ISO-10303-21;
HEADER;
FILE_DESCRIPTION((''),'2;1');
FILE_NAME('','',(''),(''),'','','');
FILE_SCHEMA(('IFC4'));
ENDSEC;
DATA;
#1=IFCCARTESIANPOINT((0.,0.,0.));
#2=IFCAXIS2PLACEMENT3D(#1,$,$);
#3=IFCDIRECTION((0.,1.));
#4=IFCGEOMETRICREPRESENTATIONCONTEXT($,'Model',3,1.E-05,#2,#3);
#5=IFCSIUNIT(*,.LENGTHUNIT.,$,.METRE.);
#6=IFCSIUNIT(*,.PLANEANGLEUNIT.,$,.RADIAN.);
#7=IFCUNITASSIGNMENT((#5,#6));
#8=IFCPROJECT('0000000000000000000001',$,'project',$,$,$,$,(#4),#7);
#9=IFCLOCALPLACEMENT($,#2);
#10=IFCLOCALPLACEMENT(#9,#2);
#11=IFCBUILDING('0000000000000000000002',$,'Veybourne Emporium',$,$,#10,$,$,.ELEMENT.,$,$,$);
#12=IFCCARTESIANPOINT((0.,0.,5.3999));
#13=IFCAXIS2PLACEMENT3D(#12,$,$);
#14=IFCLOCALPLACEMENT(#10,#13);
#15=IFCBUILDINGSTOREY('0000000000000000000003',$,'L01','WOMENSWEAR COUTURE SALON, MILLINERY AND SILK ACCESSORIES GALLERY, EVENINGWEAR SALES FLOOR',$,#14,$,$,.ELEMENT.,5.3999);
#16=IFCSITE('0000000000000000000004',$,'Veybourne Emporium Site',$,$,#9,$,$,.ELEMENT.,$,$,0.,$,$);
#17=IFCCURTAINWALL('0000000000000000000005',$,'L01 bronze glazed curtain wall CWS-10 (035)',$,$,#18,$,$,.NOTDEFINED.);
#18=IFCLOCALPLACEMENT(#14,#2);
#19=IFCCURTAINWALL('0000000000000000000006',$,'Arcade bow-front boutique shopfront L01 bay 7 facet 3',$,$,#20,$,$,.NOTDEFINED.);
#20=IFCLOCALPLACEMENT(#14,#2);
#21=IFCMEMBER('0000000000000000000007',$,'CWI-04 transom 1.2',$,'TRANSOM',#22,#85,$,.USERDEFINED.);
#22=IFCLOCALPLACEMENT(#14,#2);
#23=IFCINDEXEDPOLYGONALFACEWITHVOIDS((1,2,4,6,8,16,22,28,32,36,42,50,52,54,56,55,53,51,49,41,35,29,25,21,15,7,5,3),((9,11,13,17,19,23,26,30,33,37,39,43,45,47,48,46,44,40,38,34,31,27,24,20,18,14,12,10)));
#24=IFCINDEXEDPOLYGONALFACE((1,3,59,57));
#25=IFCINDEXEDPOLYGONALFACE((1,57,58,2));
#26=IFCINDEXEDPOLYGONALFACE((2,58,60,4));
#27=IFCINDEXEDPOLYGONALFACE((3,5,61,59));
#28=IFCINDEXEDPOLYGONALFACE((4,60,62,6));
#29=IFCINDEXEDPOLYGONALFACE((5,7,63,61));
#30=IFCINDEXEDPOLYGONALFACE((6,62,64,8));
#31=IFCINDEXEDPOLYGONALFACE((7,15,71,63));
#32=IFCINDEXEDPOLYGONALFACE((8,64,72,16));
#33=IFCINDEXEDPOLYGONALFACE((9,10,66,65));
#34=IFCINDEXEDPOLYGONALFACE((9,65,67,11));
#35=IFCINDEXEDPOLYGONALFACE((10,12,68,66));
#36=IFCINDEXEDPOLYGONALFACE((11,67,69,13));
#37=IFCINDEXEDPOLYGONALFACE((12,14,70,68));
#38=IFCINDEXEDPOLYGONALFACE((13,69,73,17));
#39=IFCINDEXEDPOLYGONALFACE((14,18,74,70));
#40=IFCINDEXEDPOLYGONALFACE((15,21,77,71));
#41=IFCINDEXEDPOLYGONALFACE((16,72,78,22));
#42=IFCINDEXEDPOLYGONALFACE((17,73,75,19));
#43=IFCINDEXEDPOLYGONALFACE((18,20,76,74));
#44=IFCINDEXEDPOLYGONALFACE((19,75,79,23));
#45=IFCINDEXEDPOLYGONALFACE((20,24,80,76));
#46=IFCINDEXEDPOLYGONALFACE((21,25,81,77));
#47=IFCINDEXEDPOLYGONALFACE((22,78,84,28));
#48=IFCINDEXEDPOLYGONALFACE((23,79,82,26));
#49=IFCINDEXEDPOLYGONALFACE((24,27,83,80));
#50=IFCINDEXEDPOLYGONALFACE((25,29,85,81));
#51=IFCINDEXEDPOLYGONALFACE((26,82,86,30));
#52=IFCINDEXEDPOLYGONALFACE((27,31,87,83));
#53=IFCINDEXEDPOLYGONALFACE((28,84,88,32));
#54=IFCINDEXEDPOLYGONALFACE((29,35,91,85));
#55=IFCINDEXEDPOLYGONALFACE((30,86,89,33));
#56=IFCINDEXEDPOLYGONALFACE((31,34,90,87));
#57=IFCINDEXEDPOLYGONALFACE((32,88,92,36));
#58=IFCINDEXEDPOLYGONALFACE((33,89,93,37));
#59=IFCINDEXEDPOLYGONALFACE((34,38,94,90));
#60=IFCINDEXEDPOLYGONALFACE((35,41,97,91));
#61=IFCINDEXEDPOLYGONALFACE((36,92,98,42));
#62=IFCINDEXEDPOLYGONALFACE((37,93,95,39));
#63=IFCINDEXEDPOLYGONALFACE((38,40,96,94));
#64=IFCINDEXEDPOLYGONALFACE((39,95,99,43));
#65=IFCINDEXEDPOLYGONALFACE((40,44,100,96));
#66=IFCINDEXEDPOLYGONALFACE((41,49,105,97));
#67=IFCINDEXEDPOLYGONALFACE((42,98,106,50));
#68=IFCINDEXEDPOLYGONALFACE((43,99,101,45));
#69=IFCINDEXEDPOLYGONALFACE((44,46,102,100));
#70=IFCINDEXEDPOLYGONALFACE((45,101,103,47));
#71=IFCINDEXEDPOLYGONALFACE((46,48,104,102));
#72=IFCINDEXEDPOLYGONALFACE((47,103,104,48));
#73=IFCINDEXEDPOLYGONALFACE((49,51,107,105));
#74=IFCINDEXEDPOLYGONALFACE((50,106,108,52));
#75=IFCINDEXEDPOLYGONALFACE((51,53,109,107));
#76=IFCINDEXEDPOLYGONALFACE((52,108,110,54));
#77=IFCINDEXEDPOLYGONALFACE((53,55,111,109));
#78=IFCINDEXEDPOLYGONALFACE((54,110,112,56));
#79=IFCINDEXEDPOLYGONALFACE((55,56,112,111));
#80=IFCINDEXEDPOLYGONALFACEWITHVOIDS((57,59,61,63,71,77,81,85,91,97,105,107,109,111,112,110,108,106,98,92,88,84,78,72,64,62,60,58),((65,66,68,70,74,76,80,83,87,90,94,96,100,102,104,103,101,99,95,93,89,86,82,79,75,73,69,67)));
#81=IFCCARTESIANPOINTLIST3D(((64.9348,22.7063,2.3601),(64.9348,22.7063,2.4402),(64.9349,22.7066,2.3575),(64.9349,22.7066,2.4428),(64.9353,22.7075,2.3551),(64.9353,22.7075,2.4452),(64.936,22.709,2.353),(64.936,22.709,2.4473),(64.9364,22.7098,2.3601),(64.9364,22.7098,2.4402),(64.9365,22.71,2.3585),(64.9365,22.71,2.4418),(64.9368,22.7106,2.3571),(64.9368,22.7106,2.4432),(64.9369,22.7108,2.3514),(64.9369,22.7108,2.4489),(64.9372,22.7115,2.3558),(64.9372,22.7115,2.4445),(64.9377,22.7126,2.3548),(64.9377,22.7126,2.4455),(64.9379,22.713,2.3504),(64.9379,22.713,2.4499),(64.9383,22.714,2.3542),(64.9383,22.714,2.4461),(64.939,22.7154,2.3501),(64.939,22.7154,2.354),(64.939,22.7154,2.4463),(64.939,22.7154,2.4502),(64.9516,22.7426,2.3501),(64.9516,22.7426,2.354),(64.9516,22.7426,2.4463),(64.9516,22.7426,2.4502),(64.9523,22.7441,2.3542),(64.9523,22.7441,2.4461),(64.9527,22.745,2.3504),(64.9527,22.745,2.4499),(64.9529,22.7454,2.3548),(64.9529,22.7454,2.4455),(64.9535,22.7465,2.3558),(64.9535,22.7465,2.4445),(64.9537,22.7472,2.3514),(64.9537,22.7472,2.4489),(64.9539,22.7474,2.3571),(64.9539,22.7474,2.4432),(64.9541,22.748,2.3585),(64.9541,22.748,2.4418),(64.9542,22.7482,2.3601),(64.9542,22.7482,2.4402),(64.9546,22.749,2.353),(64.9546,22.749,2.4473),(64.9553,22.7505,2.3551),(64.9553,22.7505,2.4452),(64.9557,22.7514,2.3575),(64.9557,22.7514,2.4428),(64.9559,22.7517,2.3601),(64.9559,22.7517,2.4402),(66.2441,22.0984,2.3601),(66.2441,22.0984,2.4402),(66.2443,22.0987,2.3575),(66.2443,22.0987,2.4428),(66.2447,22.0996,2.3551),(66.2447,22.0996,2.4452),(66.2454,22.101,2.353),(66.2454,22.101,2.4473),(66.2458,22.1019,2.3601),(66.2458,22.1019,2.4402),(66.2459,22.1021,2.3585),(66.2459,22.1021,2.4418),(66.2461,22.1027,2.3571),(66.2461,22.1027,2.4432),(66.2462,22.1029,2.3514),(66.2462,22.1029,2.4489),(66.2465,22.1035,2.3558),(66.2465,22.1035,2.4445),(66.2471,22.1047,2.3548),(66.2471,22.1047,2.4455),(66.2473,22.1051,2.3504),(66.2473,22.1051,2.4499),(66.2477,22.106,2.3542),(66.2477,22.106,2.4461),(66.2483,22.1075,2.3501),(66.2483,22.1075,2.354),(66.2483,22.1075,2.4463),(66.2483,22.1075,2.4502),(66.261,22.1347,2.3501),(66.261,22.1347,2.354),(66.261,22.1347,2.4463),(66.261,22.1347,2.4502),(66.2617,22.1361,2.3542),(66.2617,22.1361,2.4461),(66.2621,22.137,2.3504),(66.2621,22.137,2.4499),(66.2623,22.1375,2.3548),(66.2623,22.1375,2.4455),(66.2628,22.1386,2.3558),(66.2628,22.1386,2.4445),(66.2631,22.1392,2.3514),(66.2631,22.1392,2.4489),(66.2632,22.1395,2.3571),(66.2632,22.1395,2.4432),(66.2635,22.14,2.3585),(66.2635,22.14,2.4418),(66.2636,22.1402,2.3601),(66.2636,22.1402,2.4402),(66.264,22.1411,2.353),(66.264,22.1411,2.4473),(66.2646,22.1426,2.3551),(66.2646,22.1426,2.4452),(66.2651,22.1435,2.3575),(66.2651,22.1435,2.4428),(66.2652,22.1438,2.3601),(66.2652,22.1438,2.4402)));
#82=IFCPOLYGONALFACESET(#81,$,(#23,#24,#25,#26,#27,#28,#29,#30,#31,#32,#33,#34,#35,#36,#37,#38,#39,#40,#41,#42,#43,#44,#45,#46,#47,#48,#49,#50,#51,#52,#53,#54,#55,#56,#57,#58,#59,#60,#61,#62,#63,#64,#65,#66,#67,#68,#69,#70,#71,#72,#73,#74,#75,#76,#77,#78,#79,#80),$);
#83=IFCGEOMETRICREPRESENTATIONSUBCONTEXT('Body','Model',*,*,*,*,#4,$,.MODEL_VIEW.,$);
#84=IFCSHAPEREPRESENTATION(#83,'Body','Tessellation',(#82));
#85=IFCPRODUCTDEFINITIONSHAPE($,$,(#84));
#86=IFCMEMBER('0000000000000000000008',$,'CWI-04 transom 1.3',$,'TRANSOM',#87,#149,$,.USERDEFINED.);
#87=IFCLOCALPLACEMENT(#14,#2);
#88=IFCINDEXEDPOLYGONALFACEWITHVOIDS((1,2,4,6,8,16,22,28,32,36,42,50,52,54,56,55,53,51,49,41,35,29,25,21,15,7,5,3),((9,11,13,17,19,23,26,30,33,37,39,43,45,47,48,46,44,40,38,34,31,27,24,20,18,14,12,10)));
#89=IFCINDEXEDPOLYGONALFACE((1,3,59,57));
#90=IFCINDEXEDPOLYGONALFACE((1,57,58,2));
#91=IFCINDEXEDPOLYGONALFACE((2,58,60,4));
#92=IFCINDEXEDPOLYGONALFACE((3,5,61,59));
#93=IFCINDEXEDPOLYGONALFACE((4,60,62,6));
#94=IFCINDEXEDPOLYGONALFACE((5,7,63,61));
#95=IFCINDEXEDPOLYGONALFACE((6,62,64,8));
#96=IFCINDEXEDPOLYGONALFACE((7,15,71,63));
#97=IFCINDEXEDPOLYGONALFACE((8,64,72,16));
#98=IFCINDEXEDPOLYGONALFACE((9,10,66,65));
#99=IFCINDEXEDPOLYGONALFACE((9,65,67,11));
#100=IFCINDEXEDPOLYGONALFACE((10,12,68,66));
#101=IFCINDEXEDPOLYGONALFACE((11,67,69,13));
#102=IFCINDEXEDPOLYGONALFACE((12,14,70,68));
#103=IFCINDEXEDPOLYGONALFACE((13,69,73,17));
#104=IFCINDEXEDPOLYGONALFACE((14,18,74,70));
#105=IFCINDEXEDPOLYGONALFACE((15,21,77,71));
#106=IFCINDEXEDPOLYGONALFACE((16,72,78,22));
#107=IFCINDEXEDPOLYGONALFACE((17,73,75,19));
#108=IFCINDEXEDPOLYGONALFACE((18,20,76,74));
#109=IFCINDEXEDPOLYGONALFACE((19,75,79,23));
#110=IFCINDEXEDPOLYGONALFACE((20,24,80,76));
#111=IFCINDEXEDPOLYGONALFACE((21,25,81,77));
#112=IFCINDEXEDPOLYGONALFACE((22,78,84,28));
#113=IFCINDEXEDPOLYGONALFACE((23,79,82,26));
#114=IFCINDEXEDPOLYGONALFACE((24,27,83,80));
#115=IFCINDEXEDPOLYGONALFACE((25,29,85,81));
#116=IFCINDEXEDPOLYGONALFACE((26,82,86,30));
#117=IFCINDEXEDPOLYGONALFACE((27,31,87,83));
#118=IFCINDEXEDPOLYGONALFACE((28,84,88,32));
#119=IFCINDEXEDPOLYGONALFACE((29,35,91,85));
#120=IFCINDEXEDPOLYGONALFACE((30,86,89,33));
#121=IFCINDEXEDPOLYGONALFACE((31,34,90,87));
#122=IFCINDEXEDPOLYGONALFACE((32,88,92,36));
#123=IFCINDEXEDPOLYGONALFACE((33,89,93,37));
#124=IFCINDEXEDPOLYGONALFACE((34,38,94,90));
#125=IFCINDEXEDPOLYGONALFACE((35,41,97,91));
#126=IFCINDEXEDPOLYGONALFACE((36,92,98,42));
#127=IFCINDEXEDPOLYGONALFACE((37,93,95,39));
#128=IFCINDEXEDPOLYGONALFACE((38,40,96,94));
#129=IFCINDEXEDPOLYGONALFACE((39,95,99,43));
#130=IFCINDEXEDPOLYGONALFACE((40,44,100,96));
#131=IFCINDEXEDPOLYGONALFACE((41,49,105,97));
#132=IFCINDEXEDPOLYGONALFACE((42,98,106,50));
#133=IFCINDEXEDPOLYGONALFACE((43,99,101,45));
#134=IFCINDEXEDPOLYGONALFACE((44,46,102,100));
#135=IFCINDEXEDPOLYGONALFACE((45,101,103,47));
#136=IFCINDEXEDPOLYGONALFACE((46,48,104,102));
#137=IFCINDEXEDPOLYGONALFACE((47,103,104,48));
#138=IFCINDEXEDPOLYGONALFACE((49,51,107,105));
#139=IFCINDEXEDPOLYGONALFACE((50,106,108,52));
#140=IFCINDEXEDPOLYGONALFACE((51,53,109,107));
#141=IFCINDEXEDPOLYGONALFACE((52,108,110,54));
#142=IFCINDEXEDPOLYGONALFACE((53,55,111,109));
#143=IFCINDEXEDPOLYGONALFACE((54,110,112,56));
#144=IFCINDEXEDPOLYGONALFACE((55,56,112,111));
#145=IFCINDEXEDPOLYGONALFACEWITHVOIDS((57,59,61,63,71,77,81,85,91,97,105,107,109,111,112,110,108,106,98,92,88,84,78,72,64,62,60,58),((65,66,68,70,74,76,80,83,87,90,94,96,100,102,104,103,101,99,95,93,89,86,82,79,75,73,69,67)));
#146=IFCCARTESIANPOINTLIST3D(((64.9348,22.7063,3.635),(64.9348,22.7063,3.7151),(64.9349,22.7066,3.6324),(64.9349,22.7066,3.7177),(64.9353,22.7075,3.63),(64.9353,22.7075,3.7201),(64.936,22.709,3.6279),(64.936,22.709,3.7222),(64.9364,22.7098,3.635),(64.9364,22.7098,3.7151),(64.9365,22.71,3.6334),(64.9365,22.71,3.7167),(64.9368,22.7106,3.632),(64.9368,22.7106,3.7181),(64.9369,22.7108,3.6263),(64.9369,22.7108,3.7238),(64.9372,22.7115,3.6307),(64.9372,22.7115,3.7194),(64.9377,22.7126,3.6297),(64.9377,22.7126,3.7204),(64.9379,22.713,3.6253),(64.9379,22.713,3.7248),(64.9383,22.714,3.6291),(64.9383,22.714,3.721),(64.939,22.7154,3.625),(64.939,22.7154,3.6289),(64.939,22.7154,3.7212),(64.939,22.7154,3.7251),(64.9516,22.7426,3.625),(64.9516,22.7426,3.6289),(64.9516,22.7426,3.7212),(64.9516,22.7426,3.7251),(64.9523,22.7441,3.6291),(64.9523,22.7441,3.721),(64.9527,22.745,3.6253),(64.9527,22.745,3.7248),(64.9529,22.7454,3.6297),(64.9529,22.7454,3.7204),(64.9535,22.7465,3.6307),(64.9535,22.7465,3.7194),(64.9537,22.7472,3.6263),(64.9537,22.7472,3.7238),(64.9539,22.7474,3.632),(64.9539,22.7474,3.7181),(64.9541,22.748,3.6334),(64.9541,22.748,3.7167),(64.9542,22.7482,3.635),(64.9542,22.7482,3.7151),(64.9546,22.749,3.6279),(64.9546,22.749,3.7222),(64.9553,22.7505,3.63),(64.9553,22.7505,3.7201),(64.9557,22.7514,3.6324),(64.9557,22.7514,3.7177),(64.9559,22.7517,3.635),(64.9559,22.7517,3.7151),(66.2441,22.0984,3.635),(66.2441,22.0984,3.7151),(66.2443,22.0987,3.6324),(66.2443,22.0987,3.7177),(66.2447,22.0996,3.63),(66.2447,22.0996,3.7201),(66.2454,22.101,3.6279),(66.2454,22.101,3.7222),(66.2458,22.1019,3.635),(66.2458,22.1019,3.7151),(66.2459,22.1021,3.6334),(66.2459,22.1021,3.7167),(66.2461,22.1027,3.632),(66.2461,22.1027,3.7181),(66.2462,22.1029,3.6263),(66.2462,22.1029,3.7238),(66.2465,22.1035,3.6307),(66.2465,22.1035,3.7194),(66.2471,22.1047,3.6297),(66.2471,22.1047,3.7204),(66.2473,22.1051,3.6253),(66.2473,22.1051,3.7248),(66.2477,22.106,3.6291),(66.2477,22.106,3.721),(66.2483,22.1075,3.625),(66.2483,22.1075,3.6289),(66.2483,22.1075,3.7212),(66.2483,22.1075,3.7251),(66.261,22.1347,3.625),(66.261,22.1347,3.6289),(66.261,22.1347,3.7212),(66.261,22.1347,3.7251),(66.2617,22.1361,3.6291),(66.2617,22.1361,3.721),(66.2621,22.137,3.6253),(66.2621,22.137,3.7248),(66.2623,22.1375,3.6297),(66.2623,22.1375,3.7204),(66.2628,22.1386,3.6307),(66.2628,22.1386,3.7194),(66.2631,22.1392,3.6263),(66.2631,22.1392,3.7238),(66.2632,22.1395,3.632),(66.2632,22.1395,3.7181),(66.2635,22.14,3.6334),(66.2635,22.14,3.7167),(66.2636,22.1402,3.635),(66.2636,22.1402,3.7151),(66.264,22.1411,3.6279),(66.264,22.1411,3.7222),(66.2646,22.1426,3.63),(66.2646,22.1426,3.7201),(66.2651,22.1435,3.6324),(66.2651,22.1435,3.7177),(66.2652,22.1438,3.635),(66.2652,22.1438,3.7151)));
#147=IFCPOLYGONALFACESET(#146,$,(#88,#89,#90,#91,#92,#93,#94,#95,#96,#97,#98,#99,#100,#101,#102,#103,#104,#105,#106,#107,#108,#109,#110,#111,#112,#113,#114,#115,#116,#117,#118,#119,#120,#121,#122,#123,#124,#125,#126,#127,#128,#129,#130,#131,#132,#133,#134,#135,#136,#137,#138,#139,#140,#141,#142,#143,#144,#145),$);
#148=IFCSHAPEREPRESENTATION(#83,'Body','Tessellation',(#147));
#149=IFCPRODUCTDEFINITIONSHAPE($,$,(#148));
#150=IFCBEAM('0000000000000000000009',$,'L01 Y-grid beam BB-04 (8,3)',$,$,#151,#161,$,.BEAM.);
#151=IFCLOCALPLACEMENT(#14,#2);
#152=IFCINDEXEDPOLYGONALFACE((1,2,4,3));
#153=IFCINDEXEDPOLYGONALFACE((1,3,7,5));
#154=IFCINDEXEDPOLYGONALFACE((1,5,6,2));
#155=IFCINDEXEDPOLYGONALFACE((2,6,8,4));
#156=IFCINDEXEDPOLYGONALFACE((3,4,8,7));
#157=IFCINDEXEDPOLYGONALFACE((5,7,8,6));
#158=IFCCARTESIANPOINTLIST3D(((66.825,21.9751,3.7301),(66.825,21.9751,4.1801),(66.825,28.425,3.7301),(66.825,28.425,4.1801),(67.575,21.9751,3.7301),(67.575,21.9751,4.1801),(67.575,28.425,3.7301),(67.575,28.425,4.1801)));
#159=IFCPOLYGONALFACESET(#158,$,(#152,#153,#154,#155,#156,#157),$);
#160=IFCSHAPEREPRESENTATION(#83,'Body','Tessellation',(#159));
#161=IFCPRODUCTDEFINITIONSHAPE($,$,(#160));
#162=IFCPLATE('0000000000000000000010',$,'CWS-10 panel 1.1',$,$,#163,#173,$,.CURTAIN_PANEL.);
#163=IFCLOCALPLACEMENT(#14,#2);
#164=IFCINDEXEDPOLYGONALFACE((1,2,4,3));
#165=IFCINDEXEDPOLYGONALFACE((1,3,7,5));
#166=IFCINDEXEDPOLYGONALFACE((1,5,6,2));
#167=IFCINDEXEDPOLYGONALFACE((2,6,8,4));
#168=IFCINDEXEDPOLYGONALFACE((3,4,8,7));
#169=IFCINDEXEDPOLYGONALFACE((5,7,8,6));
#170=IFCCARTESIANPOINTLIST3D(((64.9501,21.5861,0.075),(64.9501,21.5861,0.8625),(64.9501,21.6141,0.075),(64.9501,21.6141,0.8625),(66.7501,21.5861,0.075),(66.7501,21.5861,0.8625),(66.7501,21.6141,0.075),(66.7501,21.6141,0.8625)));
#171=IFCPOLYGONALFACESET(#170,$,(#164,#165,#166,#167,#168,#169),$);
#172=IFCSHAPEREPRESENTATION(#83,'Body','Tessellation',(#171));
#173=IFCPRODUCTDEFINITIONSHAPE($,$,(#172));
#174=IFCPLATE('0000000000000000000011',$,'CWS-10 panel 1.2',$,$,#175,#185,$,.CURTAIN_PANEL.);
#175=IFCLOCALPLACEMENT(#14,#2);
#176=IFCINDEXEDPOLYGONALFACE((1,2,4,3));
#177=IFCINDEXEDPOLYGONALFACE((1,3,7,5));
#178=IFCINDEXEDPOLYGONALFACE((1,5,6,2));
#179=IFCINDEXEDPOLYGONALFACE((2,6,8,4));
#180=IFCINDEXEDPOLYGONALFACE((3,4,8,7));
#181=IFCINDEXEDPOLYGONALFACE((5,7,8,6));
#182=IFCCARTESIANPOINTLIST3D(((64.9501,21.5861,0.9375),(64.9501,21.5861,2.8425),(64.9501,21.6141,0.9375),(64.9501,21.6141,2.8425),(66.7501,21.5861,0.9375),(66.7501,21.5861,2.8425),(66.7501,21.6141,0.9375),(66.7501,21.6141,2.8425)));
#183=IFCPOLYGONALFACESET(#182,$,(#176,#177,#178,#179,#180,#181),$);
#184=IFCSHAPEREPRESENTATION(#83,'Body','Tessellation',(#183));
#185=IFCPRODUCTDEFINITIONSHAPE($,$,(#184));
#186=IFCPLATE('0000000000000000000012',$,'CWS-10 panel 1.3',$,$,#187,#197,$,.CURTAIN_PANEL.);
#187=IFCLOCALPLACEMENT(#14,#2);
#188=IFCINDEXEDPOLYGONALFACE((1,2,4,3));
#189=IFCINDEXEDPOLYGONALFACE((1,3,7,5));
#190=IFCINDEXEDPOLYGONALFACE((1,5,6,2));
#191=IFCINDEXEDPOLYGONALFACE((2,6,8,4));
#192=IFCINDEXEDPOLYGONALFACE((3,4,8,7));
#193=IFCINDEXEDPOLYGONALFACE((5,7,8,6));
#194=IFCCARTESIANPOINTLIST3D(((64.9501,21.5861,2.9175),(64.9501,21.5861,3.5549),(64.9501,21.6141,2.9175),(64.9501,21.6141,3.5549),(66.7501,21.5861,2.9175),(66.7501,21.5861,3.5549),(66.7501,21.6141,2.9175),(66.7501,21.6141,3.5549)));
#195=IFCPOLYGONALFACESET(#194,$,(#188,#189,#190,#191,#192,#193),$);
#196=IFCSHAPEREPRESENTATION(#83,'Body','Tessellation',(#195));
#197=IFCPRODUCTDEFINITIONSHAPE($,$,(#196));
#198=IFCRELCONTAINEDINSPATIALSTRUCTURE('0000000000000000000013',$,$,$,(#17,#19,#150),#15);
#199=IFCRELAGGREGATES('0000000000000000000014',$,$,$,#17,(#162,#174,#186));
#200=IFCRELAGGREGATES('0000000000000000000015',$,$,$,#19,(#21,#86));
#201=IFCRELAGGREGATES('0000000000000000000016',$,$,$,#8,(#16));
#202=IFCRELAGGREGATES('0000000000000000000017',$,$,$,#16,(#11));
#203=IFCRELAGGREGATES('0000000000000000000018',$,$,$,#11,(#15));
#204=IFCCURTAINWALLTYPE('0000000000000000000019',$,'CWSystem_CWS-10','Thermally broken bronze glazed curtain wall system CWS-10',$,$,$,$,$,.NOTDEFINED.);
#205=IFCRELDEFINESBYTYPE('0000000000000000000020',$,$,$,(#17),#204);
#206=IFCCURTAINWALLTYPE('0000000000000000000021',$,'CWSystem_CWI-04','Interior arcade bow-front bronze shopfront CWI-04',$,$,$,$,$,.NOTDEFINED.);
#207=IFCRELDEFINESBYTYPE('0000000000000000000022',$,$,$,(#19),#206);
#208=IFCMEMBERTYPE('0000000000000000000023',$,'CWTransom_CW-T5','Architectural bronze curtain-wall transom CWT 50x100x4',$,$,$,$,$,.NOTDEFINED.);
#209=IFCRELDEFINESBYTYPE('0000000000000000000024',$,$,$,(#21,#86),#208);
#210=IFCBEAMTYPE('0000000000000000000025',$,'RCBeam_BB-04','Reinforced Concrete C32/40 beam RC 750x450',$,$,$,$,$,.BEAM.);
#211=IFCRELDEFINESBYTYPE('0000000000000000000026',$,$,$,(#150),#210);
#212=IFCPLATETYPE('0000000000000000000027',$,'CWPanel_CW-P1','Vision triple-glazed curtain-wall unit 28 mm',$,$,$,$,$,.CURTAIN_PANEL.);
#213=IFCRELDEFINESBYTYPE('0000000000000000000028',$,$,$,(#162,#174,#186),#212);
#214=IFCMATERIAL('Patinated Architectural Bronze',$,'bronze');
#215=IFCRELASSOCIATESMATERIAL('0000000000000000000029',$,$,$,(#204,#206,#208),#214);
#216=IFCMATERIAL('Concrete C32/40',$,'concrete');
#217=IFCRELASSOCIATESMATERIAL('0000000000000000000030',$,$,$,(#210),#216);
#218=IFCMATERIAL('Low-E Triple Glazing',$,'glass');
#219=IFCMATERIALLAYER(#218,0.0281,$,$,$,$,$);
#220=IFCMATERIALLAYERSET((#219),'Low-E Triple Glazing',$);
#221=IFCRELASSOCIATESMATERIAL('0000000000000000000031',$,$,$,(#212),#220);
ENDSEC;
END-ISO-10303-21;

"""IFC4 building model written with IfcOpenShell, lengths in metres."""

from ifc_helpers import new_model, si_unit, direction, frame, origin, origin_2d, place, context, subcontext, project, spatial, rectangle, hollow_rectangle, extrude, material, layer, layer_set, material_profile, profile_set, type_object, element, aggregate, save


model = new_model("IFC4")

# Units and contexts
model_context = context("Model", 3, precision=1e-05, world=origin(), true_north=direction((0.0, 1.0)))
body_context = subcontext(model_context, "Body", "Model", "MODEL_VIEW")
ifc_project = project(units=[si_unit("LENGTHUNIT", "METRE"), si_unit("PLANEANGLEUNIT", "RADIAN")], contexts=[model_context])

# Site, building, storey
site_placement = place(None, origin())
site = spatial("IfcSite", under=ifc_project, at=site_placement, Name="Veybourne Emporium Site", CompositionType="ELEMENT", RefElevation=0.0)
building_placement = place(site_placement, origin())
building = spatial("IfcBuilding", under=site, at=building_placement, Name="Veybourne Emporium", CompositionType="ELEMENT")
storey_placement = place(building_placement, frame((0.0, 0.0, 5.3999)))
storey = spatial("IfcBuildingStorey", under=building, at=storey_placement, Name="L01", Description="WOMENSWEAR COUTURE SALON, MILLINERY AND SILK ACCESSORIES GALLERY, EVENINGWEAR SALES FLOOR", CompositionType="ELEMENT", Elevation=5.3999)

# Curtain walls
ifc_material_1 = material(Name="Patinated Architectural Bronze", Category="bronze")
curtain_wall_type_1 = type_object("IfcCurtainWallType", Name="CWSystem_CWS-10", Description="Thermally broken bronze glazed curtain wall system CWS-10", PredefinedType="NOTDEFINED", material=ifc_material_1)
curtain_wall_1_placement = place(storey_placement, origin())
curtain_wall_1 = element("IfcCurtainWall", 1, at=curtain_wall_1_placement, inside=storey, type_object=curtain_wall_type_1, Name="L01 bronze glazed curtain wall CWS-10 (035)", PredefinedType="NOTDEFINED")
curtain_wall_type_2 = type_object("IfcCurtainWallType", Name="CWSystem_CWI-04", Description="Interior arcade bow-front bronze shopfront CWI-04", PredefinedType="NOTDEFINED", material=ifc_material_1)
curtain_wall_2_placement = place(storey_placement, origin())
curtain_wall_2 = element("IfcCurtainWall", 2, at=curtain_wall_2_placement, inside=storey, type_object=curtain_wall_type_2, Name="Arcade bow-front boutique shopfront L01 bay 7 facet 3", PredefinedType="NOTDEFINED")

# Members
ifc_material_profile_1 = material_profile(ifc_material_1, hollow_rectangle(XDim=0.05, YDim=0.1001, WallThickness=0.0039, InnerFilletRadius=0.0061, OuterFilletRadius=0.01, at=origin_2d()), Name="CWT 50x100x4")
ifc_profile_set_1 = profile_set([ifc_material_profile_1], Name="Patinated Architectural Bronze")
member_type_1 = type_object("IfcMemberType", Name="CWTransom_CW-T5", Description="Architectural bronze curtain-wall transom CWT 50x100x4", PredefinedType="NOTDEFINED", material=ifc_profile_set_1)
member_1_placement = place(storey_placement, frame((64.9453, 22.729, 2.4001), z_axis=(0.907007, -0.421116, 0.0), x_axis=(0.421116, 0.907007, 0.0)))
member_1 = element("IfcMember", 3, at=member_1_placement, type_object=member_type_1, Name="CWI-04 transom 1.2", ObjectType="TRANSOM", PredefinedType="USERDEFINED", context=body_context, shape_type="SweptSolid", body=[
    extrude(hollow_rectangle(XDim=0.05, YDim=0.1001, WallThickness=0.0039, InnerFilletRadius=0.0061, OuterFilletRadius=0.01, at=origin_2d()), origin(), (0.0, 0.0, 1.0), 1.4436),
])
member_2_placement = place(storey_placement, frame((64.9453, 22.729, 3.675), z_axis=(0.907007, -0.421116, 0.0), x_axis=(0.421116, 0.907007, 0.0)))
member_2 = element("IfcMember", 4, at=member_2_placement, type_object=member_type_1, Name="CWI-04 transom 1.3", ObjectType="TRANSOM", PredefinedType="USERDEFINED", context=body_context, shape_type="SweptSolid", body=[
    extrude(hollow_rectangle(XDim=0.05, YDim=0.1001, WallThickness=0.0039, InnerFilletRadius=0.0061, OuterFilletRadius=0.01, at=origin_2d()), origin(), (0.0, 0.0, 1.0), 1.4436),
])

# Beam
ifc_material_2 = material(Name="Concrete C32/40", Category="concrete")
ifc_material_profile_2 = material_profile(ifc_material_2, rectangle(XDim=0.75, YDim=0.45, at=origin_2d()), Name="RC 750x450")
ifc_profile_set_2 = profile_set([ifc_material_profile_2], Name="Concrete C32/40")
beam_type = type_object("IfcBeamType", Name="RCBeam_BB-04", Description="Reinforced Concrete C32/40 beam RC 750x450", PredefinedType="BEAM", material=ifc_profile_set_2)
beam_placement = place(storey_placement, frame((67.2, 21.9751, 3.9551), z_axis=(0.0, 1.0, 0.0), x_axis=(-1.0, 0.0, 0.0)))
element("IfcBeam", 5, at=beam_placement, inside=storey, type_object=beam_type, Name="L01 Y-grid beam BB-04 (8,3)", PredefinedType="BEAM", context=body_context, shape_type="SweptSolid", body=[
    extrude(rectangle(XDim=0.75, YDim=0.45, at=origin_2d()), origin(), (0.0, 0.0, 1.0), 6.45),
])

# Plates
ifc_material_3 = material(Name="Low-E Triple Glazing", Category="glass")
ifc_layer_1 = layer(ifc_material_3, 0.0281)
ifc_layer_set_1 = layer_set([ifc_layer_1], Name="Low-E Triple Glazing")
plate_type_1 = type_object("IfcPlateType", Name="CWPanel_CW-P1", Description="Vision triple-glazed curtain-wall unit 28 mm", PredefinedType="CURTAIN_PANEL", material=ifc_layer_set_1)
plate_1_placement = place(storey_placement, frame((65.8501, 21.6001, 0.075), z_axis=(0.0, 0.0, 1.0), x_axis=(-1.0, 0.0, 0.0)))
plate_1 = element("IfcPlate", 6, at=plate_1_placement, type_object=plate_type_1, Name="CWS-10 panel 1.1", PredefinedType="CURTAIN_PANEL", context=body_context, shape_type="SweptSolid", body=[
    extrude(rectangle(XDim=1.8, YDim=0.0281, at=origin_2d()), origin(), (0.0, 0.0, 1.0), 0.7876),
])
plate_2_placement = place(storey_placement, frame((65.8501, 21.6001, 0.9375), z_axis=(0.0, 0.0, 1.0), x_axis=(-1.0, 0.0, 0.0)))
plate_2 = element("IfcPlate", 7, at=plate_2_placement, type_object=plate_type_1, Name="CWS-10 panel 1.2", PredefinedType="CURTAIN_PANEL", context=body_context, shape_type="SweptSolid", body=[
    extrude(rectangle(XDim=1.8, YDim=0.0281, at=origin_2d()), origin(), (0.0, 0.0, 1.0), 1.905),
])
plate_3_placement = place(storey_placement, frame((65.8501, 21.6001, 2.9175), z_axis=(0.0, 0.0, 1.0), x_axis=(-1.0, 0.0, 0.0)))
plate_3 = element("IfcPlate", 8, at=plate_3_placement, type_object=plate_type_1, Name="CWS-10 panel 1.3", PredefinedType="CURTAIN_PANEL", context=body_context, shape_type="SweptSolid", body=[
    extrude(rectangle(XDim=1.8, YDim=0.0281, at=origin_2d()), origin(), (0.0, 0.0, 1.0), 0.6375),
])
aggregate(curtain_wall_1, [plate_1, plate_2, plate_3])
aggregate(curtain_wall_2, [member_1, member_2])

save(model, "model.ifc")
